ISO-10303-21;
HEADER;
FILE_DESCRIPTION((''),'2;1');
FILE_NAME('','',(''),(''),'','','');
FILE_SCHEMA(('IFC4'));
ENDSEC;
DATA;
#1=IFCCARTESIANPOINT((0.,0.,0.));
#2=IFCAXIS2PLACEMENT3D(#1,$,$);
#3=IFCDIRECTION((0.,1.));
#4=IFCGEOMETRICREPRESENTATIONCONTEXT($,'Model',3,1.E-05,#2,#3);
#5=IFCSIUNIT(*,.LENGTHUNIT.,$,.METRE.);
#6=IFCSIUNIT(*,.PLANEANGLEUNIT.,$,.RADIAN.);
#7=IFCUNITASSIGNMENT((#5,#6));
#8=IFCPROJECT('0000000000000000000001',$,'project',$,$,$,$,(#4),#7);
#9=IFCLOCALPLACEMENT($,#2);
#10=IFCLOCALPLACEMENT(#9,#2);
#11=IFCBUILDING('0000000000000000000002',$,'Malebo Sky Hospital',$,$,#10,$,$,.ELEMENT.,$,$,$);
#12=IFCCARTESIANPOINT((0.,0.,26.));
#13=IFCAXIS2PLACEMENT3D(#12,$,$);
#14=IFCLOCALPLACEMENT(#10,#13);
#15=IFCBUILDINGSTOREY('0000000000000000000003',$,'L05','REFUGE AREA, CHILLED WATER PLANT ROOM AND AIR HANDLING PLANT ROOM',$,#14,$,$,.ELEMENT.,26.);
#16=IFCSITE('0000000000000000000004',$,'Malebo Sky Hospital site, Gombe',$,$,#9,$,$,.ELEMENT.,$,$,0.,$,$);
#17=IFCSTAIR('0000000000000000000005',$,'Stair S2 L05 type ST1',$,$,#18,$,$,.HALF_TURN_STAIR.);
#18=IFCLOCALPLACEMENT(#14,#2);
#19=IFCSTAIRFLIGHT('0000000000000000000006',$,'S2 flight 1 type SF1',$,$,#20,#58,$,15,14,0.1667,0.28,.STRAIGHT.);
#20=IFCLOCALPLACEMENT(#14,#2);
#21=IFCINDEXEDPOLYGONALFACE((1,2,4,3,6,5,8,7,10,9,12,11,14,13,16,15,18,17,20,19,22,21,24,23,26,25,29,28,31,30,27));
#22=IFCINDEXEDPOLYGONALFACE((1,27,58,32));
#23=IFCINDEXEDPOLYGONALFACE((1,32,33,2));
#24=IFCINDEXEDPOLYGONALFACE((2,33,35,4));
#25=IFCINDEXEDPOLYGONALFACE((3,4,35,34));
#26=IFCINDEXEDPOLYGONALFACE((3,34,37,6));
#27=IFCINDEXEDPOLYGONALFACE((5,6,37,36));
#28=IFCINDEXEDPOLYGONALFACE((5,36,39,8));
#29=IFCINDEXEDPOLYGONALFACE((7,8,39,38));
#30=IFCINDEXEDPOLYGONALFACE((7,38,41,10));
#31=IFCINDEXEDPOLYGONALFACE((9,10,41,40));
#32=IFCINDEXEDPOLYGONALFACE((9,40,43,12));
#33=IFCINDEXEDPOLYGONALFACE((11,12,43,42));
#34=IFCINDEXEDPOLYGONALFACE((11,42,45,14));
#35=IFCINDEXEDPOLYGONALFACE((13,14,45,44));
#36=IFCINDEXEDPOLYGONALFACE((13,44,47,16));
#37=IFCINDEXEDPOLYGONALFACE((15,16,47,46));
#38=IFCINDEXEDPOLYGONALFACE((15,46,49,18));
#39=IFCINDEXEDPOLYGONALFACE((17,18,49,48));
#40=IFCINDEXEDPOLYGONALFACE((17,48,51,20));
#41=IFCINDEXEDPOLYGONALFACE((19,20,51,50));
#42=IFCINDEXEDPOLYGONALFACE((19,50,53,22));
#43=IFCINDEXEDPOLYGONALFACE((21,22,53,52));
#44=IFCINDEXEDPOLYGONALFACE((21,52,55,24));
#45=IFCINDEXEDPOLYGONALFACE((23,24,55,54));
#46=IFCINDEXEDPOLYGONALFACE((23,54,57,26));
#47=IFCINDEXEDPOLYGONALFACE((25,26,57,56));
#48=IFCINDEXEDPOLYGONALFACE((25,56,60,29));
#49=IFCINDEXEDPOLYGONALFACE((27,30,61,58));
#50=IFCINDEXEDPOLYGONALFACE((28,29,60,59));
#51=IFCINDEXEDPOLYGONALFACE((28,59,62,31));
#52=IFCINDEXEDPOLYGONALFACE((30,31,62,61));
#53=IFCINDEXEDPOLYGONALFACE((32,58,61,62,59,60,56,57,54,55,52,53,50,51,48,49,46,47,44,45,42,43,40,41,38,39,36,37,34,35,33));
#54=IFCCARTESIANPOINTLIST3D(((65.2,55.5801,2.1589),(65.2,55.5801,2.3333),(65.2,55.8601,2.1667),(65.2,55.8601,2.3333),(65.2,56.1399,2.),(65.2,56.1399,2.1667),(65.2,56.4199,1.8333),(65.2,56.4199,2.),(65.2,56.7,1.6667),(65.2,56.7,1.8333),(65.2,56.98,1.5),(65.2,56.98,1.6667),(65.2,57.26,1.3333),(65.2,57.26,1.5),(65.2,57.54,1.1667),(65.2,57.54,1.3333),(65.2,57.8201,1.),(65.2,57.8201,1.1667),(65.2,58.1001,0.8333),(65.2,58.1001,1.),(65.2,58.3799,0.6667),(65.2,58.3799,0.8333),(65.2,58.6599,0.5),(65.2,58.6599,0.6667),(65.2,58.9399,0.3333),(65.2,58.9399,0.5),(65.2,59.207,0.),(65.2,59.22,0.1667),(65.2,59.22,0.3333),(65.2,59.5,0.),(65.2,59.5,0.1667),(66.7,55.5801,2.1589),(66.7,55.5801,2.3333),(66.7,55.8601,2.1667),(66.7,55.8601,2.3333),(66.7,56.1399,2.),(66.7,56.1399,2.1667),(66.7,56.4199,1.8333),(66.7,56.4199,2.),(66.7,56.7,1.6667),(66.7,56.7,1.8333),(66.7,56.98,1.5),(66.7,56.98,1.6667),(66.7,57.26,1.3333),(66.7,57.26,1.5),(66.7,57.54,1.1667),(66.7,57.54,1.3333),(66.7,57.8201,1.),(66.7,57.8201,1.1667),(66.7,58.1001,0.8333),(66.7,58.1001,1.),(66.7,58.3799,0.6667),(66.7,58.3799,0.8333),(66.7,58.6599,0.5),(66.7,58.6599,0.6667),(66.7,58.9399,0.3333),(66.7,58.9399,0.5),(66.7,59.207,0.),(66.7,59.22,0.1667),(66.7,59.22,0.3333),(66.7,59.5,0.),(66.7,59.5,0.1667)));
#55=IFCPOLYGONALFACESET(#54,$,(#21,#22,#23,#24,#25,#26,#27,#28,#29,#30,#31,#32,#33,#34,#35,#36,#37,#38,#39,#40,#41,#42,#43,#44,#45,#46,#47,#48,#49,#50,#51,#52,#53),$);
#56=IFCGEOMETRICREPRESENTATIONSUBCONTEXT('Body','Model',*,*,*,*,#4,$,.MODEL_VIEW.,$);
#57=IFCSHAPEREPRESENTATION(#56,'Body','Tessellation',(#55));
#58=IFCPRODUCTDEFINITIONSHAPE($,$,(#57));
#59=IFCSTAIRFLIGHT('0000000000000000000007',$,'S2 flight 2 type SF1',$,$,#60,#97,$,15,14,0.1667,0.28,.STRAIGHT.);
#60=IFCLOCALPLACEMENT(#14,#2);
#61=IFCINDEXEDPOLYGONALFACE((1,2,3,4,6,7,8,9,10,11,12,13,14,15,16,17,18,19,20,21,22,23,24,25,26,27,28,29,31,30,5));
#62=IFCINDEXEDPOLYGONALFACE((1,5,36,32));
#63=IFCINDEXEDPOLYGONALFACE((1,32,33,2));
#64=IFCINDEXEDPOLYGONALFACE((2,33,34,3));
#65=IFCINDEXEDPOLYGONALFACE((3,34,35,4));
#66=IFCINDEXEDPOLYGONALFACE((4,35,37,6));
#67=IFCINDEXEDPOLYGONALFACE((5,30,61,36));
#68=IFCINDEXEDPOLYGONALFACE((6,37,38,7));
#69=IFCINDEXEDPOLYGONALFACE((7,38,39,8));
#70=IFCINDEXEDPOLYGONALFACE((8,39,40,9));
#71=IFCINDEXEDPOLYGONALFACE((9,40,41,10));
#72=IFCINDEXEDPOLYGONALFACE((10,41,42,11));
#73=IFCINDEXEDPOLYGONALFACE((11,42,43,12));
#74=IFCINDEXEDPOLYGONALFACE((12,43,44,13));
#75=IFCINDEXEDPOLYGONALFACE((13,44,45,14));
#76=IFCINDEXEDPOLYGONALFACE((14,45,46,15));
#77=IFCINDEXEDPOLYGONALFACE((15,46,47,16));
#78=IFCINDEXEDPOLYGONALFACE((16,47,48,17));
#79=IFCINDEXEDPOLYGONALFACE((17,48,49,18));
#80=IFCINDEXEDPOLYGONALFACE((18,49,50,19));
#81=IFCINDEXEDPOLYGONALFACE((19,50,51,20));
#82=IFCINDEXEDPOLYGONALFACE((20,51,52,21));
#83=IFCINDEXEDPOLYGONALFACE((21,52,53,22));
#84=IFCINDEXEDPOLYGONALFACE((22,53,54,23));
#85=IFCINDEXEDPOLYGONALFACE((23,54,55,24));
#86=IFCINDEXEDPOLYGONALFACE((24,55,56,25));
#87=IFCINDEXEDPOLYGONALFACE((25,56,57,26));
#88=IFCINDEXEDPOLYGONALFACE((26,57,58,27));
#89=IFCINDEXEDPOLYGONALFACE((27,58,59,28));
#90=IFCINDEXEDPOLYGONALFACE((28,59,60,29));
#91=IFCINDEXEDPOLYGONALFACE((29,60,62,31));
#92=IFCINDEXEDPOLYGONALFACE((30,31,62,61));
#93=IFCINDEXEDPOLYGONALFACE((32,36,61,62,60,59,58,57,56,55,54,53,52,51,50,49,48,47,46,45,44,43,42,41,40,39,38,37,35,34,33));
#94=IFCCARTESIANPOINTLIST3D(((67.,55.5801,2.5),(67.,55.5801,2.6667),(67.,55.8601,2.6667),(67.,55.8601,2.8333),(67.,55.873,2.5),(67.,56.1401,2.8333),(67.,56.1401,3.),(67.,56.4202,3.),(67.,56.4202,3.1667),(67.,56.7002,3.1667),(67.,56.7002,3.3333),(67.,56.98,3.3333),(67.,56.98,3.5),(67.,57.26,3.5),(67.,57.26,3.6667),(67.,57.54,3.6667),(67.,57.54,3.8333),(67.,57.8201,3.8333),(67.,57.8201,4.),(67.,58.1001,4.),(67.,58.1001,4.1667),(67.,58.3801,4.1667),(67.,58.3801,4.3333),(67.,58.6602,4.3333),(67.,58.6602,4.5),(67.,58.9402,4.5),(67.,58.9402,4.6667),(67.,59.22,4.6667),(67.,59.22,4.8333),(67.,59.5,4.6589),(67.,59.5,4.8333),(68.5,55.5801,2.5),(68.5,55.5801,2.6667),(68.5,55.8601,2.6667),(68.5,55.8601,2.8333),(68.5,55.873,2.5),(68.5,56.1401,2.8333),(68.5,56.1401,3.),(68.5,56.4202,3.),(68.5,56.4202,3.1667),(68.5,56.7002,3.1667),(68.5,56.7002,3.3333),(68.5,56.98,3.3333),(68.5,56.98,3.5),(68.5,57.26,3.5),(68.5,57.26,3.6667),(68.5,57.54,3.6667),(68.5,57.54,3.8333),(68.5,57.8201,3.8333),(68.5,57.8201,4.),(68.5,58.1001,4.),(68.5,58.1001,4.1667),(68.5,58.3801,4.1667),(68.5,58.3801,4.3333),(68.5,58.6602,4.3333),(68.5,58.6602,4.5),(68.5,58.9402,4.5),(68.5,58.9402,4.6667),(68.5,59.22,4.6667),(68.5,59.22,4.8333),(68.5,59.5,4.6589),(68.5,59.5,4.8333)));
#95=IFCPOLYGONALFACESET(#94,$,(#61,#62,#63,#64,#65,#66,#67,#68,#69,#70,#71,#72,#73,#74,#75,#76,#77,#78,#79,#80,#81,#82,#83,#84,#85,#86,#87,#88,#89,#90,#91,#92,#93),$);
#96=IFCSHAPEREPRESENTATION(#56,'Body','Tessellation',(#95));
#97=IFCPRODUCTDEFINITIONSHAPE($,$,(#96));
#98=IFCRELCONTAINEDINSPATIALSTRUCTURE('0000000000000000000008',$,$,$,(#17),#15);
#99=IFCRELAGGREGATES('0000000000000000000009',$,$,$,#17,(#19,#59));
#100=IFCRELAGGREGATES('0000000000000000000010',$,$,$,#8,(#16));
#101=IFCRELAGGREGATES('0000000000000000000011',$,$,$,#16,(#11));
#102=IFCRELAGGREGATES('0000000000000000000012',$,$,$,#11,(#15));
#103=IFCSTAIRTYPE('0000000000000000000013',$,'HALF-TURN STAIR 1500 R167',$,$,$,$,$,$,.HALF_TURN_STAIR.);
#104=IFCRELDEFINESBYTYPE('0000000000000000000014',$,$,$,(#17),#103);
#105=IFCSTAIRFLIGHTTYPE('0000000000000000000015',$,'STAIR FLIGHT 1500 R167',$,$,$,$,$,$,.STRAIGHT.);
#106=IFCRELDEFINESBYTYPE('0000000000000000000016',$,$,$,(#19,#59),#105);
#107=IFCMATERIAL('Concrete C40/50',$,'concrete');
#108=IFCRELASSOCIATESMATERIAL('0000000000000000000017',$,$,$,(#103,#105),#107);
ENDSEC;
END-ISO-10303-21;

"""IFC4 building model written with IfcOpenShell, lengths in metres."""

from ifc_helpers import new_model, si_unit, direction, frame, origin, place, context, subcontext, project, spatial, polyline, outline, extrude, material, type_object, element, aggregate, save


model = new_model("IFC4")

# Units and contexts
model_context = context("Model", 3, precision=1e-05, world=origin(), true_north=direction((0.0, 1.0)))
body_context = subcontext(model_context, "Body", "Model", "MODEL_VIEW")
ifc_project = project(units=[si_unit("LENGTHUNIT", "METRE"), si_unit("PLANEANGLEUNIT", "RADIAN")], contexts=[model_context])

# Site, building, storey
site_placement = place(None, origin())
site = spatial("IfcSite", under=ifc_project, at=site_placement, Name="Malebo Sky Hospital site, Gombe", CompositionType="ELEMENT", RefElevation=0.0)
building_placement = place(site_placement, origin())
building = spatial("IfcBuilding", under=site, at=building_placement, Name="Malebo Sky Hospital", CompositionType="ELEMENT")
storey_placement = place(building_placement, frame((0.0, 0.0, 26.0)))
storey = spatial("IfcBuildingStorey", under=building, at=storey_placement, Name="L05", Description="REFUGE AREA, CHILLED WATER PLANT ROOM AND AIR HANDLING PLANT ROOM", CompositionType="ELEMENT", Elevation=26.0)

# Stair, stair flights
ifc_material_1 = material(Name="Concrete C40/50", Category="concrete")
stair_type = type_object("IfcStairType", Name="HALF-TURN STAIR 1500 R167", PredefinedType="HALF_TURN_STAIR", material=ifc_material_1)
stair_placement = place(storey_placement, origin())
stair = element("IfcStair", 1, at=stair_placement, inside=storey, type_object=stair_type, Name="Stair S2 L05 type ST1", PredefinedType="HALF_TURN_STAIR")
stair_flight_type = type_object("IfcStairFlightType", Name="STAIR FLIGHT 1500 R167", PredefinedType="STRAIGHT", material=ifc_material_1)
stair_flight_1_placement = place(storey_placement, frame((65.95, 59.5, 0.0), z_axis=(0.0, 0.0, 1.0), x_axis=(0.0, -1.0, 0.0)))
stair_flight_1 = element("IfcStairFlight", 2, at=stair_flight_1_placement, type_object=stair_flight_type, Name="S2 flight 1 type SF1", NumberOfRisers=15, NumberOfTreads=14, PredefinedType="STRAIGHT", RiserHeight=0.1667, TreadLength=0.28, context=body_context, shape_type="SweptSolid", body=[
    extrude(outline(polyline([(0.0, 0.0), (0.0, 0.1667), (0.28, 0.1667), (0.28, 0.3333), (0.5601, 0.3333), (0.5601, 0.5), (0.8401, 0.5), (0.8401, 0.6667), (1.1201, 0.6667), (1.1201, 0.8333), (1.3999, 0.8333), (1.3999, 1.0), (1.6799, 1.0), (1.6799, 1.1667), (1.96, 1.1667), (1.96, 1.3333), (2.24, 1.3333), (2.24, 1.5), (2.52, 1.5), (2.52, 1.6667), (2.8, 1.6667), (2.8, 1.8333), (3.0801, 1.8333), (3.0801, 2.0), (3.3601, 2.0), (3.3601, 2.1667), (3.6399, 2.1667), (3.6399, 2.3333), (3.9199, 2.3333), (3.9199, 2.5), (3.9199, 2.1589), (0.293, 0.0), (0.0, 0.0)])), frame((0.0, 0.75, 0.0), z_axis=(0.0, -1.0, 0.0), x_axis=(1.0, 0.0, 0.0)), (0.0, 0.0, 1.0), 1.5),
])
stair_flight_2_placement = place(storey_placement, frame((67.75, 55.5801, 2.5), z_axis=(0.0, 0.0, 1.0), x_axis=(0.0, 1.0, 0.0)))
stair_flight_2 = element("IfcStairFlight", 3, at=stair_flight_2_placement, type_object=stair_flight_type, Name="S2 flight 2 type SF1", NumberOfRisers=15, NumberOfTreads=14, PredefinedType="STRAIGHT", RiserHeight=0.1667, TreadLength=0.28, context=body_context, shape_type="SweptSolid", body=[
    extrude(outline(polyline([(0.0, 0.0), (0.0, 0.1667), (0.28, 0.1667), (0.28, 0.3333), (0.5601, 0.3333), (0.5601, 0.5), (0.8401, 0.5), (0.8401, 0.6667), (1.1201, 0.6667), (1.1201, 0.8333), (1.3999, 0.8333), (1.3999, 1.0), (1.6799, 1.0), (1.6799, 1.1667), (1.96, 1.1667), (1.96, 1.3333), (2.24, 1.3333), (2.24, 1.5), (2.52, 1.5), (2.52, 1.6667), (2.8, 1.6667), (2.8, 1.8333), (3.0801, 1.8333), (3.0801, 2.0), (3.3601, 2.0), (3.3601, 2.1667), (3.6399, 2.1667), (3.6399, 2.3333), (3.9199, 2.3333), (3.9199, 2.5), (3.9199, 2.1589), (0.293, 0.0), (0.0, 0.0)])), frame((0.0, 0.75, 0.0), z_axis=(0.0, -1.0, 0.0), x_axis=(1.0, 0.0, 0.0)), (0.0, 0.0, 1.0), 1.5),
])
aggregate(stair, [stair_flight_1, stair_flight_2])

save(model, "model.ifc")
